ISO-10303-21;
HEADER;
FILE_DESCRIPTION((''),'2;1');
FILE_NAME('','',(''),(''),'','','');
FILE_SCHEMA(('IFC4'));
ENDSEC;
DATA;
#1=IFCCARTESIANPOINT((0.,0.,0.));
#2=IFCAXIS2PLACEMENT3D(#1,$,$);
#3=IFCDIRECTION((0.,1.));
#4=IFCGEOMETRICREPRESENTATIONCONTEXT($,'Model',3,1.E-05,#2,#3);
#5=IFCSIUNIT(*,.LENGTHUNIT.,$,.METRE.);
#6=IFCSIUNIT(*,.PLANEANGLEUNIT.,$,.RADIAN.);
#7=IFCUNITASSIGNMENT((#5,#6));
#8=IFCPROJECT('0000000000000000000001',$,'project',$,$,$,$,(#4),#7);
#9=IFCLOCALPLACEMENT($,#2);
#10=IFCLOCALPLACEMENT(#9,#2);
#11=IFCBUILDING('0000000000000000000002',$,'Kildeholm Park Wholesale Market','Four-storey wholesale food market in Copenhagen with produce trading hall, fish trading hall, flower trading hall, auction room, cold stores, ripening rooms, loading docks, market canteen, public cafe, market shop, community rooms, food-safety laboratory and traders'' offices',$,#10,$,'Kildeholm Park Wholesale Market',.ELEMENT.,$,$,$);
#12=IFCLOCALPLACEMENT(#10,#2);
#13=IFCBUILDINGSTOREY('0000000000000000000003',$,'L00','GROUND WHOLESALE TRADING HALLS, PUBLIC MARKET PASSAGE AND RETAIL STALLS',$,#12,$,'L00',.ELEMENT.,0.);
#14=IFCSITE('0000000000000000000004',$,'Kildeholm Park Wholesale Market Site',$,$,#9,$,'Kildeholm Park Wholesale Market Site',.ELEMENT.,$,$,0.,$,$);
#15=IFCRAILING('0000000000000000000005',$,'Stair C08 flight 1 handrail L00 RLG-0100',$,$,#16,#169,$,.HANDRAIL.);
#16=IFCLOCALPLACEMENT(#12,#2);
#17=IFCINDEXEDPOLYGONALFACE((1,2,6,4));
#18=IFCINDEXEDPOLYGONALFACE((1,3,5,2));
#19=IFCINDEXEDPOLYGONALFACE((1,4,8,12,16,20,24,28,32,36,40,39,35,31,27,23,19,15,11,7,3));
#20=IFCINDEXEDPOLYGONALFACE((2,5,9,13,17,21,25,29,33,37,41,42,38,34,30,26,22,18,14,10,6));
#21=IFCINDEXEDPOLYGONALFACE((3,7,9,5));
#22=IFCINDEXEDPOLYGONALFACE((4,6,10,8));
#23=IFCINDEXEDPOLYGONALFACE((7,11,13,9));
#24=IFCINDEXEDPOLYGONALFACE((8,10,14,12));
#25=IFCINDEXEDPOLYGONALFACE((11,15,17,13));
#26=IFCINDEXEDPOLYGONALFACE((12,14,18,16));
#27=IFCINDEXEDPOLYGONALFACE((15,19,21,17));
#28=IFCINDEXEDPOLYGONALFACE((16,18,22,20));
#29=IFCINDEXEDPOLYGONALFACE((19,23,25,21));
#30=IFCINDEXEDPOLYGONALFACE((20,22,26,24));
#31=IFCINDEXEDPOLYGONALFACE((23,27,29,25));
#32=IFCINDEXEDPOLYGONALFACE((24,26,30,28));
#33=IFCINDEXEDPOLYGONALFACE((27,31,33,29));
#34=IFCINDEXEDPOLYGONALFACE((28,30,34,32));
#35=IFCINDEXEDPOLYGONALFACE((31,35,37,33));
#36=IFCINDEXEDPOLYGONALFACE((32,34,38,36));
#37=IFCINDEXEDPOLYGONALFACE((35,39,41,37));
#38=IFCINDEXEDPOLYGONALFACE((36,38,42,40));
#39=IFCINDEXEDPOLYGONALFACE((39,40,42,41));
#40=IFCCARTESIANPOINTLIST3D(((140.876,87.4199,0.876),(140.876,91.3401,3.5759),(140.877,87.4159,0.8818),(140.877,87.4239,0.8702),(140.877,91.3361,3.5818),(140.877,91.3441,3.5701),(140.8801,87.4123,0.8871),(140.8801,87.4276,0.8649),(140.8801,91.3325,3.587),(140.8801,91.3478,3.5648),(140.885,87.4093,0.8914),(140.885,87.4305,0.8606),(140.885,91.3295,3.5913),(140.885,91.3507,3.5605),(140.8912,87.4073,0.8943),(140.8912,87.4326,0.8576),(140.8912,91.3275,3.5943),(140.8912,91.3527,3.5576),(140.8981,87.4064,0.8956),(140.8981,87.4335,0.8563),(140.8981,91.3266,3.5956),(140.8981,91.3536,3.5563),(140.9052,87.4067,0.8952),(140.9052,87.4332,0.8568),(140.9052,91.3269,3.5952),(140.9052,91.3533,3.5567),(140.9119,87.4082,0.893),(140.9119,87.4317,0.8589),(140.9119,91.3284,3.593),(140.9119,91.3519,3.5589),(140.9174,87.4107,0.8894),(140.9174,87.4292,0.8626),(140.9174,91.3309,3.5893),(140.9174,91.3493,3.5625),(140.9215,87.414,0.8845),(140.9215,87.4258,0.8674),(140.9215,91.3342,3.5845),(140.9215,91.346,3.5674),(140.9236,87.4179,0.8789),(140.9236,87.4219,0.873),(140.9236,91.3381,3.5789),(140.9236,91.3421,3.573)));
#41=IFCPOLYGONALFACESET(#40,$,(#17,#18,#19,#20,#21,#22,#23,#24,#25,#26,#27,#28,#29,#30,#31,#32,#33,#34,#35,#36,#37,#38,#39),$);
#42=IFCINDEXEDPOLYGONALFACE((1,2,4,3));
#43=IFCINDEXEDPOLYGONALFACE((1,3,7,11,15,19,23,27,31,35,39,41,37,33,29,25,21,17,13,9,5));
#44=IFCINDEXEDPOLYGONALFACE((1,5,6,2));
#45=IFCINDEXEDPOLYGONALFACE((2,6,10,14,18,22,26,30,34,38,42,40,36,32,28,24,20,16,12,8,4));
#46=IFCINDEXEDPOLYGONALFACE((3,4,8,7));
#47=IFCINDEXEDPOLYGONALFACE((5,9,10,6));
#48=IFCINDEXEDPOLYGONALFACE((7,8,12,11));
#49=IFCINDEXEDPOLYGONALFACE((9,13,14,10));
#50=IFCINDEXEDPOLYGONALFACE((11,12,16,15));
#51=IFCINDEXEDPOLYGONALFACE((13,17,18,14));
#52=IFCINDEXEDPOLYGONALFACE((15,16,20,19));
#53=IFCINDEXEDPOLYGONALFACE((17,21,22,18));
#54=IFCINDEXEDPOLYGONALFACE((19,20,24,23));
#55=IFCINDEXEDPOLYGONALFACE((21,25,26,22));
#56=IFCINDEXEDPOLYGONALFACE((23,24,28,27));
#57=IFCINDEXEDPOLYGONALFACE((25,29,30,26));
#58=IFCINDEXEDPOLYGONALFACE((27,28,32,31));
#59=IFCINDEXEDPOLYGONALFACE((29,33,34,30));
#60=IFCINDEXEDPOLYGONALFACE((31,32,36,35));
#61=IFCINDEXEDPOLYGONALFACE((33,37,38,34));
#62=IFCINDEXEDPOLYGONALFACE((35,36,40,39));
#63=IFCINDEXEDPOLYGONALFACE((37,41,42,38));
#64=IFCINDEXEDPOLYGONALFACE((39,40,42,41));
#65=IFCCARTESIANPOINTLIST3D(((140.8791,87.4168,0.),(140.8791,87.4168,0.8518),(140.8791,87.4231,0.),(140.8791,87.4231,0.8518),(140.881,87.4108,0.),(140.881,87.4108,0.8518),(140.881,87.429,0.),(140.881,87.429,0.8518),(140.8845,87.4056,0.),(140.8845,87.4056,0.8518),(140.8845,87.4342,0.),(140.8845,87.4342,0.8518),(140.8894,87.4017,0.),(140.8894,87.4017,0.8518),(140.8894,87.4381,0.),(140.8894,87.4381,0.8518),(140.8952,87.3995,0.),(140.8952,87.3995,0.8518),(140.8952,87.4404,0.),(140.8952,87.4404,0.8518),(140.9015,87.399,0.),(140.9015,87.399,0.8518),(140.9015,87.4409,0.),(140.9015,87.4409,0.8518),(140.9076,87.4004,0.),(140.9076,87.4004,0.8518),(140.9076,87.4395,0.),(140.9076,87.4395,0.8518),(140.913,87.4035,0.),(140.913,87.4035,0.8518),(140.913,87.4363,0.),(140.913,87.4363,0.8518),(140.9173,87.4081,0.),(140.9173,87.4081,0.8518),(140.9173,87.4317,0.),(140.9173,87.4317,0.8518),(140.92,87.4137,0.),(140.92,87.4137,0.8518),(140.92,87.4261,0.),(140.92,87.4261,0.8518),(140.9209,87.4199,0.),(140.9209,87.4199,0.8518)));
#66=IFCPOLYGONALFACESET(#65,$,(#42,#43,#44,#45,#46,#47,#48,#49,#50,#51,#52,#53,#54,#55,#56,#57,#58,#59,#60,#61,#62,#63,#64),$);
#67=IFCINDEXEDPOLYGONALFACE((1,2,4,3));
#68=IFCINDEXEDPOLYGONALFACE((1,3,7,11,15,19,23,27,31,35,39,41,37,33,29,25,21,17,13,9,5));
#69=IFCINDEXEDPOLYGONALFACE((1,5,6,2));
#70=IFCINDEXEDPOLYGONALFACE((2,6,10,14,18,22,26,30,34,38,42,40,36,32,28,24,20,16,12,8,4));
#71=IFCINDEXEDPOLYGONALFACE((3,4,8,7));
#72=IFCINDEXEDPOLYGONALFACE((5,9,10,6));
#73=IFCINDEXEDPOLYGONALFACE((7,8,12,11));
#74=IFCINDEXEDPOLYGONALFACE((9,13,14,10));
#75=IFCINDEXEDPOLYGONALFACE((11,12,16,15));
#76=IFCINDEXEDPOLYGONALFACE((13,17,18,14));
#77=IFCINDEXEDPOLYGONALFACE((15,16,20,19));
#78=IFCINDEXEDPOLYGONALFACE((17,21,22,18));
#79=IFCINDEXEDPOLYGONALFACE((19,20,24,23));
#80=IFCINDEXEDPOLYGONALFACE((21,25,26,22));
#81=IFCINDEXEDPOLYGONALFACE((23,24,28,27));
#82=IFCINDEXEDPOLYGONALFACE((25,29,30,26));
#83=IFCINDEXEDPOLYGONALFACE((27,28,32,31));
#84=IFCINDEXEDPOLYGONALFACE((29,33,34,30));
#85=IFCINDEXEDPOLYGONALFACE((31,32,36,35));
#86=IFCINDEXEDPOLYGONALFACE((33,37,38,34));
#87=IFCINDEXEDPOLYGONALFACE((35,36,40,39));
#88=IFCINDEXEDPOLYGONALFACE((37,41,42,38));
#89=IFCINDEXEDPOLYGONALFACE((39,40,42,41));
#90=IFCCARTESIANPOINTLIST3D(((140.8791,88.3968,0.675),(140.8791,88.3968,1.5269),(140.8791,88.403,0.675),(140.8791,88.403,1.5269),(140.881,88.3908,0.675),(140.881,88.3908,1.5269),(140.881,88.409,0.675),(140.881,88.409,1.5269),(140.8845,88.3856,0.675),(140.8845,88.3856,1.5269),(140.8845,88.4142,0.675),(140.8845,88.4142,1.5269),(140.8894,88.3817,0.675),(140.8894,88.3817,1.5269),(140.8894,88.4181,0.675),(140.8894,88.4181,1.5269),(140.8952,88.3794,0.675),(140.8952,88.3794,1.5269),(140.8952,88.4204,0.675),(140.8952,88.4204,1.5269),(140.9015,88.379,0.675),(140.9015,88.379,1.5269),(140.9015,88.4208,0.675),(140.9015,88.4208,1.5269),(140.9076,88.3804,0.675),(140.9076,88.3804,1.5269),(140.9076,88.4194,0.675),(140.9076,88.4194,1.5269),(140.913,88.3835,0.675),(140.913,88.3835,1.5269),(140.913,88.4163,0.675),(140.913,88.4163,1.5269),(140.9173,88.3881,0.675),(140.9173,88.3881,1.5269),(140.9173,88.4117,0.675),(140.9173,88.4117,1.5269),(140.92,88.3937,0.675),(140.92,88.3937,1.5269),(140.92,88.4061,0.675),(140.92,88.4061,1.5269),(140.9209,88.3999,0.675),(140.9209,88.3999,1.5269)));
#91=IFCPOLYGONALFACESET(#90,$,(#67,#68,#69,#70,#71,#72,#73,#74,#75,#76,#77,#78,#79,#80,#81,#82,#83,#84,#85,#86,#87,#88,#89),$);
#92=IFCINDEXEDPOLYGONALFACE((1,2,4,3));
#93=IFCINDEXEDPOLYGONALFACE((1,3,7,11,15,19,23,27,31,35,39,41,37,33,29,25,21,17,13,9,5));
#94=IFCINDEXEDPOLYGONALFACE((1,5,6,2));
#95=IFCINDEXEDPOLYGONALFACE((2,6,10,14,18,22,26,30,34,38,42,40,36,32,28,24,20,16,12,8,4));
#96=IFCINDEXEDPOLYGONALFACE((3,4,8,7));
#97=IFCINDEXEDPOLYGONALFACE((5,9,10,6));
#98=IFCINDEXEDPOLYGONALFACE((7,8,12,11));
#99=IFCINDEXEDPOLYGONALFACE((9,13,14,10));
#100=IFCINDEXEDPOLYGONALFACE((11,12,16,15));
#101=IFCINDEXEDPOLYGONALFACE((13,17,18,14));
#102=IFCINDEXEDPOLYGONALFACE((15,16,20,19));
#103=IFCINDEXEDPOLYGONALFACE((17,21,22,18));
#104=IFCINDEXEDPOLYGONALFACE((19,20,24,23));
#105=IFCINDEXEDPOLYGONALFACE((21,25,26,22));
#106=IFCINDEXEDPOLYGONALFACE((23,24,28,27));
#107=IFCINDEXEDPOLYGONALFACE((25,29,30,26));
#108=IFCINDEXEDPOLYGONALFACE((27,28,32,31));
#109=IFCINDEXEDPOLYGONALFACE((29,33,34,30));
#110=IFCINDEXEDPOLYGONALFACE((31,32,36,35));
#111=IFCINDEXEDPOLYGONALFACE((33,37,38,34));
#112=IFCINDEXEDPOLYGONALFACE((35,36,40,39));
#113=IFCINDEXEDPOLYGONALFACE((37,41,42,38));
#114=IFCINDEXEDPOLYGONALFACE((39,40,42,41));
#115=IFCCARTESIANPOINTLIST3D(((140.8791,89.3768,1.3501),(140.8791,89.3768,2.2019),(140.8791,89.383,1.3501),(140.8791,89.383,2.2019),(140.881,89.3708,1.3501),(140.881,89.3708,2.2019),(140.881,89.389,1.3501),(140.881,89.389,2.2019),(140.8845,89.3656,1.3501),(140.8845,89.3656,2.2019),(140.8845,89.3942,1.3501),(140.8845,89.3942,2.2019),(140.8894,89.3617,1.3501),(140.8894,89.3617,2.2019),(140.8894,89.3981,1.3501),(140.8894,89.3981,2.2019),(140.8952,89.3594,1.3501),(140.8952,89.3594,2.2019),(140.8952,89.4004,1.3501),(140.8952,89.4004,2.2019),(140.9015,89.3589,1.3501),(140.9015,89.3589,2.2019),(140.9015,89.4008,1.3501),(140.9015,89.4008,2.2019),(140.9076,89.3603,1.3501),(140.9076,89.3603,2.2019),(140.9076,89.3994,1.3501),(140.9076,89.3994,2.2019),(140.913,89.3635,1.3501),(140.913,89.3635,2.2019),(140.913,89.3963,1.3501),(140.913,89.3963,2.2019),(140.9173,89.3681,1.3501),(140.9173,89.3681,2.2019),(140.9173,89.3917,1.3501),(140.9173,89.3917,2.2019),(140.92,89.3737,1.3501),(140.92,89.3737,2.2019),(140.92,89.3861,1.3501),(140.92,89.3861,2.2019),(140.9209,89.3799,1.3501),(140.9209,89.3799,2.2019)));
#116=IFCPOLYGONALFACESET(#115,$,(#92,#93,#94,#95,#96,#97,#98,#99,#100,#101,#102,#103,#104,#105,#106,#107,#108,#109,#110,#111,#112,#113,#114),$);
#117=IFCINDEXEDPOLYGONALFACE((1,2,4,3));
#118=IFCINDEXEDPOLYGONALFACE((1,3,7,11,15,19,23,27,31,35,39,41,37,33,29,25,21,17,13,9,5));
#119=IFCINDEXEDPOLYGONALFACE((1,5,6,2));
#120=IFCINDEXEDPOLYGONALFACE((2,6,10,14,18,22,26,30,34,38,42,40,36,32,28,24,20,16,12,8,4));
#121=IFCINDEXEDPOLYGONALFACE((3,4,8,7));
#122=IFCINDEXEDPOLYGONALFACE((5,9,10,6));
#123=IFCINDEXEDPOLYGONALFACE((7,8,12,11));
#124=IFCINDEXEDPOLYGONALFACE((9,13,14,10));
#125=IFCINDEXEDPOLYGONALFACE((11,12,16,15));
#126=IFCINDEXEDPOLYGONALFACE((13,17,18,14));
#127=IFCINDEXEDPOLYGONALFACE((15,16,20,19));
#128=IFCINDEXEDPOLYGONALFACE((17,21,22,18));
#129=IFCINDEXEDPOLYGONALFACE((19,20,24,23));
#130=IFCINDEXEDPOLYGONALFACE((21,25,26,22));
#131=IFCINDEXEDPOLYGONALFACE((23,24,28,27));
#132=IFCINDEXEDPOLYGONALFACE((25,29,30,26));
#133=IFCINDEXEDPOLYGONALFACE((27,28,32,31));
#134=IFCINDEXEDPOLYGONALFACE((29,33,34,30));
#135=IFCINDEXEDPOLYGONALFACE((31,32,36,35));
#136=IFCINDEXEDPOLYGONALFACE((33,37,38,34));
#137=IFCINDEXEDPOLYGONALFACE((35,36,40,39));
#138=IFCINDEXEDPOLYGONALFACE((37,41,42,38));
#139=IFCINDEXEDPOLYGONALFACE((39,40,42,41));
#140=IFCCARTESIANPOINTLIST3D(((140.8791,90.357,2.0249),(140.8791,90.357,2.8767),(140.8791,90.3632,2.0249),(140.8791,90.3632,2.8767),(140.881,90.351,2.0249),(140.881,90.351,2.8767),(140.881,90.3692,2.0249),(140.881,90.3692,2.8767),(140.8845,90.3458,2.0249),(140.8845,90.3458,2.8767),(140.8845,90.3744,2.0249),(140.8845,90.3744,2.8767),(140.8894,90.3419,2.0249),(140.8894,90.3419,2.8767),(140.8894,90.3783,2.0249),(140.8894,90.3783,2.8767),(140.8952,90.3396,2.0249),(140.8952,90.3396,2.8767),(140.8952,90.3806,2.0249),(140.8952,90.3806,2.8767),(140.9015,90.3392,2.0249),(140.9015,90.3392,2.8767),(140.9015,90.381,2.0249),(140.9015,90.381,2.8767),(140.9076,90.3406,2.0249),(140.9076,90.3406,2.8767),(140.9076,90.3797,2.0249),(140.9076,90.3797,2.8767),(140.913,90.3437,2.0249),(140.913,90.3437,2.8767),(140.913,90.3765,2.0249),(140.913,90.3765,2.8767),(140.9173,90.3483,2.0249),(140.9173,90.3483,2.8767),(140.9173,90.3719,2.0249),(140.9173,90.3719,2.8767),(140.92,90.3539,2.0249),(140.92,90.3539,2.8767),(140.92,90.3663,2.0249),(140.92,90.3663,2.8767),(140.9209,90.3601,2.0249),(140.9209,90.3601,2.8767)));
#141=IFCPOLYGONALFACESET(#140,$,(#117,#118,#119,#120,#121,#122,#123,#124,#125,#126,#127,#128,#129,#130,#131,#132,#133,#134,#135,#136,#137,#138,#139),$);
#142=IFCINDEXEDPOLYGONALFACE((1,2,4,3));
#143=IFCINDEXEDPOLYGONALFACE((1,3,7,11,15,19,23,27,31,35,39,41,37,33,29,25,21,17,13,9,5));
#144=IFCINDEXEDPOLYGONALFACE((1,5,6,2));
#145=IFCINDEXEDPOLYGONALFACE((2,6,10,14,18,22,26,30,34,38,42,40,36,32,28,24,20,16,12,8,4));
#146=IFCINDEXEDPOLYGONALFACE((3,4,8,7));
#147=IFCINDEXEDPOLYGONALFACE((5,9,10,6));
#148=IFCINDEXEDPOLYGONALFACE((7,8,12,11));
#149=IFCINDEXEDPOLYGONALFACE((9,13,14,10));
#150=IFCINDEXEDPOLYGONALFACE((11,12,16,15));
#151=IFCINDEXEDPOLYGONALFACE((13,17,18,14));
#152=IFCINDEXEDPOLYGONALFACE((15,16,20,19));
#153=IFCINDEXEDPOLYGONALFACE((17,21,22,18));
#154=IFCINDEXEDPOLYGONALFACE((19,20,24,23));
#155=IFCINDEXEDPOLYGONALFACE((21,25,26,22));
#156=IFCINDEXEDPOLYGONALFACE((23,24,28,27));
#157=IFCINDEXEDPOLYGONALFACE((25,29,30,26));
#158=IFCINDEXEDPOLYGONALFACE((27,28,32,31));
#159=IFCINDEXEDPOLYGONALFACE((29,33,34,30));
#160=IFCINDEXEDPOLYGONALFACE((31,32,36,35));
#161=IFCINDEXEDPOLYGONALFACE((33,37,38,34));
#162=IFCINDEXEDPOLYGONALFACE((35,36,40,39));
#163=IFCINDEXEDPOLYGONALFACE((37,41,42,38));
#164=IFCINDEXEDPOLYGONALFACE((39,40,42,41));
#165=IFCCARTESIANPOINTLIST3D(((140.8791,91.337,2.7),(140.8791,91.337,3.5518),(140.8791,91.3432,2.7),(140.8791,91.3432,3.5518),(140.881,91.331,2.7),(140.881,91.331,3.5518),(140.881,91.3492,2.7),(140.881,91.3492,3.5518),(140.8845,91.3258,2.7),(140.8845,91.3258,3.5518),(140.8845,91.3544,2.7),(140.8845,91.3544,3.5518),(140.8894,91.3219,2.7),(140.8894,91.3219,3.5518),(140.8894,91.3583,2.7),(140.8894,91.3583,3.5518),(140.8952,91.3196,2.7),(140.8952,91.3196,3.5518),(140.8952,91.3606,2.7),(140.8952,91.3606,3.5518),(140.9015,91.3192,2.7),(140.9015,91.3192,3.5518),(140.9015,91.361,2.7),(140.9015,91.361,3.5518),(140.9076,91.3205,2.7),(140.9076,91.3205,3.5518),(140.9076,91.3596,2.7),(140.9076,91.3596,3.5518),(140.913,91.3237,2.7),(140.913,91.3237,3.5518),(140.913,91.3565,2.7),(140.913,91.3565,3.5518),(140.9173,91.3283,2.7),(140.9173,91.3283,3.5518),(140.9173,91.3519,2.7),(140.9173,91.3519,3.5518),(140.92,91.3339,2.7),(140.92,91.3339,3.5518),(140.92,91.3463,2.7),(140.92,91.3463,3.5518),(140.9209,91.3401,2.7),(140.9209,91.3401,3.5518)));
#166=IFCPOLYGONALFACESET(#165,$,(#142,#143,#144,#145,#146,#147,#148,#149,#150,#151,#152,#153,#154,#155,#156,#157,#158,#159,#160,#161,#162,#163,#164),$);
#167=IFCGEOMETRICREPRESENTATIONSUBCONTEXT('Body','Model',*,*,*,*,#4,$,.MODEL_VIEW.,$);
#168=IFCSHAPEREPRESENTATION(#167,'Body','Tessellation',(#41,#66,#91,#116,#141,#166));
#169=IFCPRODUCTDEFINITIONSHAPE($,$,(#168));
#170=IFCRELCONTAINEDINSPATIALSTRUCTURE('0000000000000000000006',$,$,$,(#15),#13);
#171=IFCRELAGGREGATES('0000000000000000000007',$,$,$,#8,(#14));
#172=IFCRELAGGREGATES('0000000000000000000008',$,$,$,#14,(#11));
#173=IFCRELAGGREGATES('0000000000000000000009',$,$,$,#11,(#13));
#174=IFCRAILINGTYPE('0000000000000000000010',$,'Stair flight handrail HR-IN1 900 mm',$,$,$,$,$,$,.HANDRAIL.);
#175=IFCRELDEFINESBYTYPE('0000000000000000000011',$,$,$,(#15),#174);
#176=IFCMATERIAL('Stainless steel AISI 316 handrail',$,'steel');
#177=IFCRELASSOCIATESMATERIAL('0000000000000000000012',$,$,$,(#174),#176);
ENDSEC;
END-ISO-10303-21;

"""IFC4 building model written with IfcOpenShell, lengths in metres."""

from ifc_helpers import new_model, si_unit, direction, frame, origin, origin_2d, place, context, subcontext, project, spatial, circle, extrude, material, type_object, element, save


model = new_model("IFC4")

# Units and contexts
model_context = context("Model", 3, precision=1e-05, world=origin(), true_north=direction((0.0, 1.0)))
body_context = subcontext(model_context, "Body", "Model", "MODEL_VIEW")
ifc_project = project(units=[si_unit("LENGTHUNIT", "METRE"), si_unit("PLANEANGLEUNIT", "RADIAN")], contexts=[model_context])

# Site, building, storey
site_placement = place(None, origin())
site = spatial("IfcSite", under=ifc_project, at=site_placement, Name="Kildeholm Park Wholesale Market Site", LongName="Kildeholm Park Wholesale Market Site", CompositionType="ELEMENT", RefElevation=0.0)
building_placement = place(site_placement, origin())
building = spatial("IfcBuilding", under=site, at=building_placement, Name="Kildeholm Park Wholesale Market", Description="Four-storey wholesale food market in Copenhagen with produce trading hall, fish trading hall, flower trading hall, auction room, cold stores, ripening rooms, loading docks, market canteen, public cafe, market shop, community rooms, food-safety laboratory and traders' offices", LongName="Kildeholm Park Wholesale Market", CompositionType="ELEMENT")
storey_placement = place(building_placement, origin())
storey = spatial("IfcBuildingStorey", under=building, at=storey_placement, Name="L00", Description="GROUND WHOLESALE TRADING HALLS, PUBLIC MARKET PASSAGE AND RETAIL STALLS", LongName="L00", CompositionType="ELEMENT", Elevation=0.0)

# Railing
ifc_material_1 = material(Name="Stainless steel AISI 316 handrail", Category="steel")
railing_type = type_object("IfcRailingType", Name="Stair flight handrail HR-IN1 900 mm", PredefinedType="HANDRAIL", material=ifc_material_1)
railing_placement = place(storey_placement, frame((140.8999, 87.4199, 0.0)))
element("IfcRailing", 1, at=railing_placement, inside=storey, type_object=railing_type, Name="Stair C08 flight 1 handrail L00 RLG-0100", PredefinedType="HANDRAIL", context=body_context, shape_type="SweptSolid", body=[
    extrude(circle(Radius=0.0239, at=origin_2d()), frame((0.0, 0.0, 0.876), z_axis=(0.0, 0.823567, 0.567219), x_axis=(-1.0, 0.0, 0.0)), (0.0, 0.0, 1.0), 4.76),
    extrude(circle(Radius=0.021, at=origin_2d()), origin(), (0.0, 0.0, 1.0), 0.8518),
    extrude(circle(Radius=0.021, at=origin_2d()), frame((0.0, 0.98, 0.675)), (0.0, 0.0, 1.0), 0.8518),
    extrude(circle(Radius=0.021, at=origin_2d()), frame((0.0, 1.96, 1.3501)), (0.0, 0.0, 1.0), 0.8518),
    extrude(circle(Radius=0.021, at=origin_2d()), frame((0.0, 2.9402, 2.0249)), (0.0, 0.0, 1.0), 0.8518),
    extrude(circle(Radius=0.021, at=origin_2d()), frame((0.0, 3.9202, 2.7)), (0.0, 0.0, 1.0), 0.8518),
])

save(model, "model.ifc")
